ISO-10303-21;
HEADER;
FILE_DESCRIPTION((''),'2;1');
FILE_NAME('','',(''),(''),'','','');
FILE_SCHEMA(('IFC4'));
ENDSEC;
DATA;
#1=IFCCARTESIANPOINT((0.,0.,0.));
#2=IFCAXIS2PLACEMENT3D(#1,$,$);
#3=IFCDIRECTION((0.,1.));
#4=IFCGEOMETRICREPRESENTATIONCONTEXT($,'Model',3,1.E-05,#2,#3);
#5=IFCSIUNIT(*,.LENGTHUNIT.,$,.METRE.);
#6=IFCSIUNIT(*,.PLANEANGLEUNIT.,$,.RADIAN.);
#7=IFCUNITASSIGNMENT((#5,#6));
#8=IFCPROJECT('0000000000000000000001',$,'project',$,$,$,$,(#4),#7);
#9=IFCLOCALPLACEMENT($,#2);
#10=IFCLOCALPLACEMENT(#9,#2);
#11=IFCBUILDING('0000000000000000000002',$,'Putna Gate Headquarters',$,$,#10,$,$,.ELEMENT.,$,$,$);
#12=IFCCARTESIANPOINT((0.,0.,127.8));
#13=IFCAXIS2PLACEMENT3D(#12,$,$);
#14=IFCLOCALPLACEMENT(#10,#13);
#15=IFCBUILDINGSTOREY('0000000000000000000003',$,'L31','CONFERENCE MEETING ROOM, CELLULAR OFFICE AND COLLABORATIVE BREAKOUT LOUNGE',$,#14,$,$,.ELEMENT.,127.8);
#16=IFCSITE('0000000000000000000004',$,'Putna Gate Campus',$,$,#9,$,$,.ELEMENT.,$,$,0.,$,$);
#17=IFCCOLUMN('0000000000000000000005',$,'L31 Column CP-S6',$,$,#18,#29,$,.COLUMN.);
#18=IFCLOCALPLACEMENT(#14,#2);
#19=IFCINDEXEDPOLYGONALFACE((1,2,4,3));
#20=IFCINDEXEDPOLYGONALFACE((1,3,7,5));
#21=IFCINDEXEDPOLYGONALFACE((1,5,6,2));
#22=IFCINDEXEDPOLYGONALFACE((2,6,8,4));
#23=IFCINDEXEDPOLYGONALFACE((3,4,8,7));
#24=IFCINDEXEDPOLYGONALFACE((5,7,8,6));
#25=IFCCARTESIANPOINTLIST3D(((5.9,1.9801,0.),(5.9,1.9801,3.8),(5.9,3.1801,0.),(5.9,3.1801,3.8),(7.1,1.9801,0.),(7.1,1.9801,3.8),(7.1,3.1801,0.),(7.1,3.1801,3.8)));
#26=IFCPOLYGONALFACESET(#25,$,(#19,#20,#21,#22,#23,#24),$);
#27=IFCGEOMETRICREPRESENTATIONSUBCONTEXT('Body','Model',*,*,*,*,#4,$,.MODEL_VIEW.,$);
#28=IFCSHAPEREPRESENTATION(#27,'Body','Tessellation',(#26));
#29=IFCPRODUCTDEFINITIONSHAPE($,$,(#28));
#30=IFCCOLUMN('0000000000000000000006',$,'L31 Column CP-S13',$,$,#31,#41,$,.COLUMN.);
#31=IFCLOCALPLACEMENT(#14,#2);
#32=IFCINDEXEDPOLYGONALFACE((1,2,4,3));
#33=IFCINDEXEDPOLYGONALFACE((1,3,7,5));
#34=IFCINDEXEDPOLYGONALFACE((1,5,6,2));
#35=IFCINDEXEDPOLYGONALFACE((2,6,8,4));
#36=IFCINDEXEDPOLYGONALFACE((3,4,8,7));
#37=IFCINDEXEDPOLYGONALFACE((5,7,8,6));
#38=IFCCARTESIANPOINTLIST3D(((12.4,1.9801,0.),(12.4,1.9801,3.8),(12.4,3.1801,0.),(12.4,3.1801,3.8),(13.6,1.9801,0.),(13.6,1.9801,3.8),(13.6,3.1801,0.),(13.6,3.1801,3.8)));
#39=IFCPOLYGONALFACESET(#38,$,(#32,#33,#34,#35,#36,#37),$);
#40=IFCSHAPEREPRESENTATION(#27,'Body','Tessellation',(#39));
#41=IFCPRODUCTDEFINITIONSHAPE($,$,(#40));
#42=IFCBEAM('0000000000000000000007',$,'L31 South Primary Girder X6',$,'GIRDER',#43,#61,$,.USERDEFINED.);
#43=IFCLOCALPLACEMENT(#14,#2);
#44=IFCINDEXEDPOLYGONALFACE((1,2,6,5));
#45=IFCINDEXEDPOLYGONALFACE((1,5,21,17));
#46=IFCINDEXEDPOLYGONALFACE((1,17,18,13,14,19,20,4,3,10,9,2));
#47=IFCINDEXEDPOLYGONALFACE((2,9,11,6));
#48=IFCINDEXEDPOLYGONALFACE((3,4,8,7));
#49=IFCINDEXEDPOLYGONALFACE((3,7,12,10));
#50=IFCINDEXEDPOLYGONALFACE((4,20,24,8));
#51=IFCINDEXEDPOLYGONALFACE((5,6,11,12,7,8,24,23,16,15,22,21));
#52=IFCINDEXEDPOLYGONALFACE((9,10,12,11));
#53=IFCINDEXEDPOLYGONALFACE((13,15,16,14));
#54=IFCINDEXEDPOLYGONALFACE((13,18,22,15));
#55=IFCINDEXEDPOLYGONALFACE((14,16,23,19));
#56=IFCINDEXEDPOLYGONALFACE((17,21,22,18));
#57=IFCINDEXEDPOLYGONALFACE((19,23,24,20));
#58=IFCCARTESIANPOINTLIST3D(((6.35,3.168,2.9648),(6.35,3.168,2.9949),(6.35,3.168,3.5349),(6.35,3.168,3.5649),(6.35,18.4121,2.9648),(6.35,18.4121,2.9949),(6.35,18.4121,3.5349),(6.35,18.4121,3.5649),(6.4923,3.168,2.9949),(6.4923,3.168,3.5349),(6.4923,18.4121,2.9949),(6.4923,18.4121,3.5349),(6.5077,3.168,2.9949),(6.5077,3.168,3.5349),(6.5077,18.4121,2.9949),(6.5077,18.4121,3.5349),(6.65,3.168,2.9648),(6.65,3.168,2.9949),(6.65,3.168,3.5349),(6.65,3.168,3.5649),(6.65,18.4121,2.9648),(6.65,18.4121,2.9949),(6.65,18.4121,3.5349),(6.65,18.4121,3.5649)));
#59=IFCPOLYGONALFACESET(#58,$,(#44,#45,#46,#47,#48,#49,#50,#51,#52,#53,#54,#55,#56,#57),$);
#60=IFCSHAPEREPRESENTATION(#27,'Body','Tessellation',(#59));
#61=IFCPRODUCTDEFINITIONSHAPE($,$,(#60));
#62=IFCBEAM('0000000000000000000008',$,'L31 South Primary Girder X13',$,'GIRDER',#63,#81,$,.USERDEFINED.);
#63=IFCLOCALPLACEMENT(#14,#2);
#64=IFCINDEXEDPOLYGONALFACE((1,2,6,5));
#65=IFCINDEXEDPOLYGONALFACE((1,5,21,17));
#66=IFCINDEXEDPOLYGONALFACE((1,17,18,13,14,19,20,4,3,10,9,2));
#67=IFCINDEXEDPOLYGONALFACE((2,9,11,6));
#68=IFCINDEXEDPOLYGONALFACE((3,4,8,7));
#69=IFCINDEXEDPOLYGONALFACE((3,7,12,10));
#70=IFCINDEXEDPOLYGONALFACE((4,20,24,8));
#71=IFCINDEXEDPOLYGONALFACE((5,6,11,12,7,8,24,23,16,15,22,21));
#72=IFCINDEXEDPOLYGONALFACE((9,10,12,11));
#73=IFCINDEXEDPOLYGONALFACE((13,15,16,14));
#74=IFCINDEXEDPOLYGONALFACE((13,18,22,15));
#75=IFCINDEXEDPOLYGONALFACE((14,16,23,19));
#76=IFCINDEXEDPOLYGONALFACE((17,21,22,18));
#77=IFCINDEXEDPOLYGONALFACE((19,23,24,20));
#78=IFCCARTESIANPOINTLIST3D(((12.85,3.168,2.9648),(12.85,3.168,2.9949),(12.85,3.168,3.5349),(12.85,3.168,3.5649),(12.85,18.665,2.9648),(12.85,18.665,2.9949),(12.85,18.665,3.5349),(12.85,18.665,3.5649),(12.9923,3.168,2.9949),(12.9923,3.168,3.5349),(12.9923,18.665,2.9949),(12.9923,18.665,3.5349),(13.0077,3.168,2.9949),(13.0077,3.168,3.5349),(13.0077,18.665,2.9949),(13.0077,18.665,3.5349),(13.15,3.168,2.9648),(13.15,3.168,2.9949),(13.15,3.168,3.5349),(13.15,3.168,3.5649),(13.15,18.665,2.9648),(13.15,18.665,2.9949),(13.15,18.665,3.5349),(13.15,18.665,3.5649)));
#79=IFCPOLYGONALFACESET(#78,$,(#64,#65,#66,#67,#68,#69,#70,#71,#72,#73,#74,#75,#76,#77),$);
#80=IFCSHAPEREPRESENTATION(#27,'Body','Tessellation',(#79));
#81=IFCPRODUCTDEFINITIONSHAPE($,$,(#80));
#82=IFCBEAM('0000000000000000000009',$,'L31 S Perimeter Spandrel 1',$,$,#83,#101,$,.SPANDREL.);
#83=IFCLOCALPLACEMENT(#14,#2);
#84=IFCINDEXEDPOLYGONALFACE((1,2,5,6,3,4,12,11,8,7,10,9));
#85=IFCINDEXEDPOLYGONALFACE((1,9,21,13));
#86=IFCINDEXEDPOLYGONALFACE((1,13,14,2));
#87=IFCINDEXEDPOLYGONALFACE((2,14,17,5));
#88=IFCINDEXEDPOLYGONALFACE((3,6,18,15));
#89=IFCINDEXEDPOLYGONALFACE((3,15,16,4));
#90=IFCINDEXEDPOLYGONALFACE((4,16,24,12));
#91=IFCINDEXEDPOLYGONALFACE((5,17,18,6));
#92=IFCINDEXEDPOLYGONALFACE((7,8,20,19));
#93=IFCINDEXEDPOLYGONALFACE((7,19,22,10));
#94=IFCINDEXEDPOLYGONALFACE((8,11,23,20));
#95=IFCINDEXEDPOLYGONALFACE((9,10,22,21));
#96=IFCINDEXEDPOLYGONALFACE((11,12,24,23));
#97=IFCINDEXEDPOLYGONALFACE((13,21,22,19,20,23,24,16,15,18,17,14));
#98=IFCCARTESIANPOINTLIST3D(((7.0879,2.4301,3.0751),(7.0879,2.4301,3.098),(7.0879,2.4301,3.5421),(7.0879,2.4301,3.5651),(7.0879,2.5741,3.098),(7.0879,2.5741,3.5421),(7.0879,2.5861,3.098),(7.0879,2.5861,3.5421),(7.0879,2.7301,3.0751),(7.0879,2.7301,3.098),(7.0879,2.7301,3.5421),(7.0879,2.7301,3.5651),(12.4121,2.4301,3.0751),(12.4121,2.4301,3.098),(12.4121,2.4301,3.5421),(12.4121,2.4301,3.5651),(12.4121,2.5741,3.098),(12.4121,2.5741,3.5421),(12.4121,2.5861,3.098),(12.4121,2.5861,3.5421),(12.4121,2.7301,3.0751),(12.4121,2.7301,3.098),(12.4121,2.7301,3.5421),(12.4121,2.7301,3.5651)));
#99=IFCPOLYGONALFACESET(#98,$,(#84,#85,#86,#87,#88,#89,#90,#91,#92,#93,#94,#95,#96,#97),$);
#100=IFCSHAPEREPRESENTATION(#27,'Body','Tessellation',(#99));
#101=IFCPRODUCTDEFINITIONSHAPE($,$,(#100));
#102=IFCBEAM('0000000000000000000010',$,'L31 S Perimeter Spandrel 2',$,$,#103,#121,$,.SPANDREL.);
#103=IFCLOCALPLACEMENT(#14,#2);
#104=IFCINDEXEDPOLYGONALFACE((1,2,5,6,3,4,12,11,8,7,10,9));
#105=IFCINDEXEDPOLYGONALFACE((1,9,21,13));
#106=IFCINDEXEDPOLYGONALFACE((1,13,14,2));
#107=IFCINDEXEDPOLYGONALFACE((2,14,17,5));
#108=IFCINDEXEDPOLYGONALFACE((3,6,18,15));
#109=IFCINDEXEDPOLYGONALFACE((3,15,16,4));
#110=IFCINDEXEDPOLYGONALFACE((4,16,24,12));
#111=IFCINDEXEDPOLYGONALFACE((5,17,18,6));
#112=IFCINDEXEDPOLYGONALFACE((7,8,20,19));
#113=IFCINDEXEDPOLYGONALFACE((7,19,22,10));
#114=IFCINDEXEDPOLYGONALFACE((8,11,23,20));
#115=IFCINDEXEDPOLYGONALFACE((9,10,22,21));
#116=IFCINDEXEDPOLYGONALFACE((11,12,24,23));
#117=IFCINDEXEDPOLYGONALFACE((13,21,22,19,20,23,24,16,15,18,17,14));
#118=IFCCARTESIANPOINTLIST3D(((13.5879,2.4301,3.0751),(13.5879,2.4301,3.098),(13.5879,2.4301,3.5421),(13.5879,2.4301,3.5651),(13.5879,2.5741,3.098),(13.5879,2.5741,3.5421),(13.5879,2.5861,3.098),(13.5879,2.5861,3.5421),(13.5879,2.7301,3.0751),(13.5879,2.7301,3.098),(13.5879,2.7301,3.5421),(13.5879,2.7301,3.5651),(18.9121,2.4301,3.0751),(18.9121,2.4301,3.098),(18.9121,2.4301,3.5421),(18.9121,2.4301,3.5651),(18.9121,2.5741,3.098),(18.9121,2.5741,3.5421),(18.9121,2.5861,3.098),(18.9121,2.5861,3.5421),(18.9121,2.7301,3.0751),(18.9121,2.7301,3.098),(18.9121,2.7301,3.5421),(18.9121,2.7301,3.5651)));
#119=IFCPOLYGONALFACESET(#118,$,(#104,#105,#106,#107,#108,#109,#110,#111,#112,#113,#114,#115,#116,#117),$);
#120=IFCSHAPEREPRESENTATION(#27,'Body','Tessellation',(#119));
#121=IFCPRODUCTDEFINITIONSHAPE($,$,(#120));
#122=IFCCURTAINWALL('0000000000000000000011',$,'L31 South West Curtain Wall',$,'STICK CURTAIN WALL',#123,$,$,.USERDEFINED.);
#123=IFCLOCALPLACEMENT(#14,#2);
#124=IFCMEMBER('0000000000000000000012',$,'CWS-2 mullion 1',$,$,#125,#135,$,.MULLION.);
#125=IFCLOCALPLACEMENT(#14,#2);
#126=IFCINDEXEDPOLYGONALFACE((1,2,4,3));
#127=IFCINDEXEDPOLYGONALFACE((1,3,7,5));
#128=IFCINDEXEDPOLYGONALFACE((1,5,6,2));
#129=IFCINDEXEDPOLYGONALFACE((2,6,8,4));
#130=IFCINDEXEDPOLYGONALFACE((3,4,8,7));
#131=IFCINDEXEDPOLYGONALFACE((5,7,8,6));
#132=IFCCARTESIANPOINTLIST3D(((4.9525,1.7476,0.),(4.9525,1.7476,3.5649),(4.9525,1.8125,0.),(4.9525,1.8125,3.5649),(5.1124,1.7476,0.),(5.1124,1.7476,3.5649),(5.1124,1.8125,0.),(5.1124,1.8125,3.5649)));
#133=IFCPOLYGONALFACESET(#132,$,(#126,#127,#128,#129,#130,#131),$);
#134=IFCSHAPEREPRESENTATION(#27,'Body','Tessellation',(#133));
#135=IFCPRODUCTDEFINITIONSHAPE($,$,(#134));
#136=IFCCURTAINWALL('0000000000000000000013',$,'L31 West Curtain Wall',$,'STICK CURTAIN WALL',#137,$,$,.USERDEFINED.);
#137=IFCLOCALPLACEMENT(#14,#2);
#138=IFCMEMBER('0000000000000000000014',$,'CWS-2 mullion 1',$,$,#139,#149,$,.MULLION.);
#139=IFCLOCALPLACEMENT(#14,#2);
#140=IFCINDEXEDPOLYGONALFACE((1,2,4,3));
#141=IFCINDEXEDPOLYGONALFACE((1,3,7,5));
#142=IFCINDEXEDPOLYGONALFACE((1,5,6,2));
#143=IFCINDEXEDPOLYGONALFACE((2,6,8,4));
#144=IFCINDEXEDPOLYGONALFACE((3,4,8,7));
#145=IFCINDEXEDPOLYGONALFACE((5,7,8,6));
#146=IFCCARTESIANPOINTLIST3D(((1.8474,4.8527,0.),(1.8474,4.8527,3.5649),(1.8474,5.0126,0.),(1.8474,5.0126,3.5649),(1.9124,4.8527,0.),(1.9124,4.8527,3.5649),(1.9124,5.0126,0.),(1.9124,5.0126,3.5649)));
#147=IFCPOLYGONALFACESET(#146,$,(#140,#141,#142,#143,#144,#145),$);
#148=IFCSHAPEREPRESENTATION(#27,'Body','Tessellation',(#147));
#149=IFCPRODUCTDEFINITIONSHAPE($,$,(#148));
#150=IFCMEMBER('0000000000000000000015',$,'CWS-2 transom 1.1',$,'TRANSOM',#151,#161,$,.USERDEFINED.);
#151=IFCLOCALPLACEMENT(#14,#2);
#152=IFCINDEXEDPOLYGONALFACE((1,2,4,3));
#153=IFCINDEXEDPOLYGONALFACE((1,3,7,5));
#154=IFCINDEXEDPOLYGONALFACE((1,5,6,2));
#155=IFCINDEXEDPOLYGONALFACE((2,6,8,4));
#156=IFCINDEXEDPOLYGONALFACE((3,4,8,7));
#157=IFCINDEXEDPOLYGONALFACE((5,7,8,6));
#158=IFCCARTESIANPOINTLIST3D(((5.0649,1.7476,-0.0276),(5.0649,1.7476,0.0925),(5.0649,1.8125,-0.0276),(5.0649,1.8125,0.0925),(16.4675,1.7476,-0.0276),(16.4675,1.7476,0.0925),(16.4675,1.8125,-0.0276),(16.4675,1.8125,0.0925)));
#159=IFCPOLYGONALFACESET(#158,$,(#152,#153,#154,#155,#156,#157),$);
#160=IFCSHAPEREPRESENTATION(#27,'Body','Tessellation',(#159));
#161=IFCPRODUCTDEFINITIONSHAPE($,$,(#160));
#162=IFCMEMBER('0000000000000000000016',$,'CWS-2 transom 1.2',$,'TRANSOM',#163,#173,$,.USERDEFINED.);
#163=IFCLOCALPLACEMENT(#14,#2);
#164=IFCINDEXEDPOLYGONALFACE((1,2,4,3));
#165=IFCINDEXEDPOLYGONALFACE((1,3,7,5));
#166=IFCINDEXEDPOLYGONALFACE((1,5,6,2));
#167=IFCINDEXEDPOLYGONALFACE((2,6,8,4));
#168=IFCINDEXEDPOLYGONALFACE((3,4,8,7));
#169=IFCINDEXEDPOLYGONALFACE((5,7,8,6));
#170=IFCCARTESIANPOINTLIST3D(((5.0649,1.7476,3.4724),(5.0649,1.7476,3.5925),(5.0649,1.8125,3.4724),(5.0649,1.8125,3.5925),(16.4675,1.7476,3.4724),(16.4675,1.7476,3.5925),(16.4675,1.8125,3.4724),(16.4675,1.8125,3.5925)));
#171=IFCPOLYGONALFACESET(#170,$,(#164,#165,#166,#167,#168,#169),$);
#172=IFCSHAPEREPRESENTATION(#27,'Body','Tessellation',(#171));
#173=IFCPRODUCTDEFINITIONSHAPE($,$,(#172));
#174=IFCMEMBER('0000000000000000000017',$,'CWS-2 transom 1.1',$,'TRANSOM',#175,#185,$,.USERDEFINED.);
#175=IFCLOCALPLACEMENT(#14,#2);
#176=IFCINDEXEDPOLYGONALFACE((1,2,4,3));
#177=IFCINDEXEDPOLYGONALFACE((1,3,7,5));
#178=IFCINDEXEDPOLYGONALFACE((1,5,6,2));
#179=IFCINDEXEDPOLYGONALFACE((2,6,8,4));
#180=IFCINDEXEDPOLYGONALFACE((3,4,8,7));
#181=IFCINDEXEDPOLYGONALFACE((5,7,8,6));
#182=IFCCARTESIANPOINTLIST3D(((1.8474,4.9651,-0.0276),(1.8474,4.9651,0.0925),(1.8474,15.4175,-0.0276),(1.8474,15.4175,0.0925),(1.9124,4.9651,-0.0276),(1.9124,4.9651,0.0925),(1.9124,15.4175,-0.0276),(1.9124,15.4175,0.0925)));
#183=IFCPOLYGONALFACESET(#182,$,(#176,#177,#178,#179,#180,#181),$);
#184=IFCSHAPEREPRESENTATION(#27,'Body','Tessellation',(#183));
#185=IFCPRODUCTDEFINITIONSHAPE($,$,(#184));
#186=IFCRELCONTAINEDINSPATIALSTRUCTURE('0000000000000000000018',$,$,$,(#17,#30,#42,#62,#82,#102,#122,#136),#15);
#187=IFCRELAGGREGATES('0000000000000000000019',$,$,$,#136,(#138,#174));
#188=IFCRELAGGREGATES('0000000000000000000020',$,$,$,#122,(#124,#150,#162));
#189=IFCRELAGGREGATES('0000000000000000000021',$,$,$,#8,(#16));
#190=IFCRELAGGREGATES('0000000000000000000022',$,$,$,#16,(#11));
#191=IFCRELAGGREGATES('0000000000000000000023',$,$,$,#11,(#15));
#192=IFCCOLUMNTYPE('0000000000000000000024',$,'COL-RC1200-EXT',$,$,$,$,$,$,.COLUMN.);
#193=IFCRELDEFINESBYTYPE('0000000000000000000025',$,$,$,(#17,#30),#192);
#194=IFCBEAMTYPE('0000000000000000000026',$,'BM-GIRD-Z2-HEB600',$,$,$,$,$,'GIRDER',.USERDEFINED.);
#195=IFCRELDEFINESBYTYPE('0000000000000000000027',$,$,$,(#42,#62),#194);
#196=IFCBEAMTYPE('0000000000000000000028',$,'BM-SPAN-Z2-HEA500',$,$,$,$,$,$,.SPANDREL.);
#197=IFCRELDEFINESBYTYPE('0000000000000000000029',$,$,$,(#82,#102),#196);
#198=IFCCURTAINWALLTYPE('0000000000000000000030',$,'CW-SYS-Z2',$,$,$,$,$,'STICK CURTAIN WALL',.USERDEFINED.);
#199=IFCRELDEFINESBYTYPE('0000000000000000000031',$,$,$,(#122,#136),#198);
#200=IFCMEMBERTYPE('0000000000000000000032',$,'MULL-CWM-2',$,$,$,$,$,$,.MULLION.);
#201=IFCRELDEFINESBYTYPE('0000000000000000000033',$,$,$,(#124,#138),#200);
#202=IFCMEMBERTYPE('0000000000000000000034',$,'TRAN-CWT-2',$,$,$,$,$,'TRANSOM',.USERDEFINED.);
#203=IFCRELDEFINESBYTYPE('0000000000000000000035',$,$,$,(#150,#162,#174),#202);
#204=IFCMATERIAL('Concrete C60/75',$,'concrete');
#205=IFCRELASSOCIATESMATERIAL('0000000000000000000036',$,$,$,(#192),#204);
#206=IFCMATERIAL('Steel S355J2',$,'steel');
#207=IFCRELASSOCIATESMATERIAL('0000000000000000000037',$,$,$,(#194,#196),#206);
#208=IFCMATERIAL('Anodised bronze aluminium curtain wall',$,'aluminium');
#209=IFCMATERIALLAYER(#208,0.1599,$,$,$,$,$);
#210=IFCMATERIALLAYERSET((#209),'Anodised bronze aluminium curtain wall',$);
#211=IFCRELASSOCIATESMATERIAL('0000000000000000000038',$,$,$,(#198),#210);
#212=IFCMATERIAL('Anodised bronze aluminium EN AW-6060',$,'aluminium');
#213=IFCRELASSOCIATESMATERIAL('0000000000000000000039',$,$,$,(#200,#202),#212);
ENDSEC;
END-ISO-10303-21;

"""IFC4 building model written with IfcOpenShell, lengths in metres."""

from ifc_helpers import new_model, si_unit, direction, frame, origin, origin_2d, place, context, subcontext, project, spatial, rectangle, i_section, extrude, material, layer, layer_set, material_profile, profile_set, type_object, element, aggregate, save


model = new_model("IFC4")

# Units and contexts
model_context = context("Model", 3, precision=1e-05, world=origin(), true_north=direction((0.0, 1.0)))
body_context = subcontext(model_context, "Body", "Model", "MODEL_VIEW")
ifc_project = project(units=[si_unit("LENGTHUNIT", "METRE"), si_unit("PLANEANGLEUNIT", "RADIAN")], contexts=[model_context])

# Site, building, storey
site_placement = place(None, origin())
site = spatial("IfcSite", under=ifc_project, at=site_placement, Name="Putna Gate Campus", CompositionType="ELEMENT", RefElevation=0.0)
building_placement = place(site_placement, origin())
building = spatial("IfcBuilding", under=site, at=building_placement, Name="Putna Gate Headquarters", CompositionType="ELEMENT")
storey_placement = place(building_placement, frame((0.0, 0.0, 127.8)))
storey = spatial("IfcBuildingStorey", under=building, at=storey_placement, Name="L31", Description="CONFERENCE MEETING ROOM, CELLULAR OFFICE AND COLLABORATIVE BREAKOUT LOUNGE", CompositionType="ELEMENT", Elevation=127.8)

# Columns
ifc_material_1 = material(Name="Concrete C60/75", Category="concrete")
ifc_material_profile_1 = material_profile(ifc_material_1, rectangle(XDim=1.2, YDim=1.2, at=origin_2d()), Name="Concrete C60/75")
ifc_profile_set_1 = profile_set([ifc_material_profile_1], Name="Concrete C60/75")
column_type = type_object("IfcColumnType", Name="COL-RC1200-EXT", PredefinedType="COLUMN", material=ifc_profile_set_1)
for number, where, z_axis, x_axis, name in (
    (1, (6.5, 2.5801, 0.0), (0.0, 0.0, 1.0), (1.0, 0.0, 0.0), "L31 Column CP-S6"),
    (2, (13.0, 2.5801, 0.0), (0.0, 0.0, 1.0), (1.0, 0.0, 0.0), "L31 Column CP-S13"),
):
    element("IfcColumn", number, at=place(storey_placement, frame(where, z_axis=z_axis, x_axis=x_axis)), inside=storey, type_object=column_type, Name=name, PredefinedType="COLUMN", context=body_context, shape_type="SweptSolid", body=[
        extrude(rectangle(XDim=1.2, YDim=1.2, at=origin_2d()), origin(), (0.0, 0.0, 1.0), 3.8),
    ])

# Beams
ifc_material_2 = material(Name="Steel S355J2", Category="steel")
ifc_material_profile_2 = material_profile(ifc_material_2, i_section(OverallWidth=0.3, OverallDepth=0.6001, WebThickness=0.0154, FlangeThickness=0.03, at=origin_2d()), Name="Steel S355J2")
ifc_profile_set_2 = profile_set([ifc_material_profile_2], Name="Steel S355J2")
beam_type_1 = type_object("IfcBeamType", Name="BM-GIRD-Z2-HEB600", ElementType="GIRDER", PredefinedType="USERDEFINED", material=ifc_profile_set_2)
beam_1_placement = place(storey_placement, frame((6.5, 3.168, 3.2649), z_axis=(0.0, 1.0, 0.0), x_axis=(-1.0, 0.0, 0.0)))
element("IfcBeam", 3, at=beam_1_placement, inside=storey, type_object=beam_type_1, Name="L31 South Primary Girder X6", ObjectType="GIRDER", PredefinedType="USERDEFINED", context=body_context, shape_type="SweptSolid", body=[
    extrude(i_section(OverallWidth=0.3, OverallDepth=0.6001, WebThickness=0.0154, FlangeThickness=0.03, at=origin_2d()), origin(), (0.0, 0.0, 1.0), 15.2441),
])
beam_2_placement = place(storey_placement, frame((13.0, 3.168, 3.2649), z_axis=(0.0, 1.0, 0.0), x_axis=(-1.0, 0.0, 0.0)))
element("IfcBeam", 4, at=beam_2_placement, inside=storey, type_object=beam_type_1, Name="L31 South Primary Girder X13", ObjectType="GIRDER", PredefinedType="USERDEFINED", context=body_context, shape_type="SweptSolid", body=[
    extrude(i_section(OverallWidth=0.3, OverallDepth=0.6001, WebThickness=0.0154, FlangeThickness=0.03, at=origin_2d()), origin(), (0.0, 0.0, 1.0), 15.4971),
])
ifc_material_profile_3 = material_profile(ifc_material_2, i_section(OverallWidth=0.3, OverallDepth=0.49, WebThickness=0.012, FlangeThickness=0.0229, at=origin_2d()), Name="Steel S355J2")
ifc_profile_set_3 = profile_set([ifc_material_profile_3], Name="Steel S355J2")
beam_type_2 = type_object("IfcBeamType", Name="BM-SPAN-Z2-HEA500", PredefinedType="SPANDREL", material=ifc_profile_set_3)
for number, where, z_axis, x_axis, name in (
    (5, (7.0879, 2.5801, 3.3201), (1.0, 0.0, 0.0), (0.0, 1.0, 0.0), "L31 S Perimeter Spandrel 1"),
    (6, (13.5879, 2.5801, 3.3201), (1.0, 0.0, 0.0), (0.0, 1.0, 0.0), "L31 S Perimeter Spandrel 2"),
):
    element("IfcBeam", number, at=place(storey_placement, frame(where, z_axis=z_axis, x_axis=x_axis)), inside=storey, type_object=beam_type_2, Name=name, PredefinedType="SPANDREL", context=body_context, shape_type="SweptSolid", body=[
        extrude(i_section(OverallWidth=0.3, OverallDepth=0.49, WebThickness=0.012, FlangeThickness=0.0229, at=origin_2d()), origin(), (0.0, 0.0, 1.0), 5.3242),
    ])

# Curtain walls, members
ifc_material_3 = material(Name="Anodised bronze aluminium curtain wall", Category="aluminium")
ifc_layer_1 = layer(ifc_material_3, 0.1599)
ifc_layer_set_1 = layer_set([ifc_layer_1], Name="Anodised bronze aluminium curtain wall")
curtain_wall_type = type_object("IfcCurtainWallType", Name="CW-SYS-Z2", ElementType="STICK CURTAIN WALL", PredefinedType="USERDEFINED", material=ifc_layer_set_1)
curtain_wall_1_placement = place(storey_placement, origin())
curtain_wall_1 = element("IfcCurtainWall", 7, at=curtain_wall_1_placement, inside=storey, type_object=curtain_wall_type, Name="L31 South West Curtain Wall", ObjectType="STICK CURTAIN WALL", PredefinedType="USERDEFINED")
ifc_material_4 = material(Name="Anodised bronze aluminium EN AW-6060", Category="aluminium")
ifc_material_profile_4 = material_profile(ifc_material_4, rectangle(XDim=0.0649, YDim=0.1599, at=origin_2d()), Name="Anodised bronze aluminium EN AW-6060")
ifc_profile_set_4 = profile_set([ifc_material_profile_4], Name="Anodised bronze aluminium EN AW-6060")
member_type_1 = type_object("IfcMemberType", Name="MULL-CWM-2", PredefinedType="MULLION", material=ifc_profile_set_4)
member_1_placement = place(storey_placement, frame((5.0325, 1.78, 0.0), z_axis=(0.0, 0.0, 1.0), x_axis=(0.0, 1.0, 0.0)))
member_1 = element("IfcMember", 8, at=member_1_placement, type_object=member_type_1, Name="CWS-2 mullion 1", PredefinedType="MULLION", context=body_context, shape_type="SweptSolid", body=[
    extrude(rectangle(XDim=0.0649, YDim=0.1599, at=origin_2d()), origin(), (0.0, 0.0, 1.0), 3.5649),
])
curtain_wall_2_placement = place(storey_placement, origin())
curtain_wall_2 = element("IfcCurtainWall", 9, at=curtain_wall_2_placement, inside=storey, type_object=curtain_wall_type, Name="L31 West Curtain Wall", ObjectType="STICK CURTAIN WALL", PredefinedType="USERDEFINED")
member_2_placement = place(storey_placement, frame((1.8799, 4.9326, 0.0), z_axis=(0.0, 0.0, 1.0), x_axis=(-1.0, 0.0, 0.0)))
member_2 = element("IfcMember", 10, at=member_2_placement, type_object=member_type_1, Name="CWS-2 mullion 1", PredefinedType="MULLION", context=body_context, shape_type="SweptSolid", body=[
    extrude(rectangle(XDim=0.0649, YDim=0.1599, at=origin_2d()), origin(), (0.0, 0.0, 1.0), 3.5649),
])

# Members
ifc_material_profile_5 = material_profile(ifc_material_4, rectangle(XDim=0.0649, YDim=0.1201, at=origin_2d()), Name="Anodised bronze aluminium EN AW-6060")
ifc_profile_set_5 = profile_set([ifc_material_profile_5], Name="Anodised bronze aluminium EN AW-6060")
member_type_2 = type_object("IfcMemberType", Name="TRAN-CWT-2", ElementType="TRANSOM", PredefinedType="USERDEFINED", material=ifc_profile_set_5)
member_3_placement = place(storey_placement, frame((5.0649, 1.78, 0.0325), z_axis=(1.0, 0.0, 0.0), x_axis=(0.0, 1.0, 0.0)))
member_3 = element("IfcMember", 11, at=member_3_placement, type_object=member_type_2, Name="CWS-2 transom 1.1", ObjectType="TRANSOM", PredefinedType="USERDEFINED", context=body_context, shape_type="SweptSolid", body=[
    extrude(rectangle(XDim=0.0649, YDim=0.1201, at=origin_2d()), origin(), (0.0, 0.0, 1.0), 11.4026),
])
member_4_placement = place(storey_placement, frame((5.0649, 1.78, 3.5325), z_axis=(1.0, 0.0, 0.0), x_axis=(0.0, 1.0, 0.0)))
member_4 = element("IfcMember", 12, at=member_4_placement, type_object=member_type_2, Name="CWS-2 transom 1.2", ObjectType="TRANSOM", PredefinedType="USERDEFINED", context=body_context, shape_type="SweptSolid", body=[
    extrude(rectangle(XDim=0.0649, YDim=0.1201, at=origin_2d()), origin(), (0.0, 0.0, 1.0), 11.4026),
])
member_5_placement = place(storey_placement, frame((1.8799, 4.9651, 0.0325), z_axis=(0.0, 1.0, 0.0), x_axis=(-1.0, 0.0, 0.0)))
member_5 = element("IfcMember", 13, at=member_5_placement, type_object=member_type_2, Name="CWS-2 transom 1.1", ObjectType="TRANSOM", PredefinedType="USERDEFINED", context=body_context, shape_type="SweptSolid", body=[
    extrude(rectangle(XDim=0.0649, YDim=0.1201, at=origin_2d()), origin(), (0.0, 0.0, 1.0), 10.4524),
])
aggregate(curtain_wall_2, [member_2, member_5])

aggregate(curtain_wall_1, [member_1, member_3, member_4])

save(model, "model.ifc")
